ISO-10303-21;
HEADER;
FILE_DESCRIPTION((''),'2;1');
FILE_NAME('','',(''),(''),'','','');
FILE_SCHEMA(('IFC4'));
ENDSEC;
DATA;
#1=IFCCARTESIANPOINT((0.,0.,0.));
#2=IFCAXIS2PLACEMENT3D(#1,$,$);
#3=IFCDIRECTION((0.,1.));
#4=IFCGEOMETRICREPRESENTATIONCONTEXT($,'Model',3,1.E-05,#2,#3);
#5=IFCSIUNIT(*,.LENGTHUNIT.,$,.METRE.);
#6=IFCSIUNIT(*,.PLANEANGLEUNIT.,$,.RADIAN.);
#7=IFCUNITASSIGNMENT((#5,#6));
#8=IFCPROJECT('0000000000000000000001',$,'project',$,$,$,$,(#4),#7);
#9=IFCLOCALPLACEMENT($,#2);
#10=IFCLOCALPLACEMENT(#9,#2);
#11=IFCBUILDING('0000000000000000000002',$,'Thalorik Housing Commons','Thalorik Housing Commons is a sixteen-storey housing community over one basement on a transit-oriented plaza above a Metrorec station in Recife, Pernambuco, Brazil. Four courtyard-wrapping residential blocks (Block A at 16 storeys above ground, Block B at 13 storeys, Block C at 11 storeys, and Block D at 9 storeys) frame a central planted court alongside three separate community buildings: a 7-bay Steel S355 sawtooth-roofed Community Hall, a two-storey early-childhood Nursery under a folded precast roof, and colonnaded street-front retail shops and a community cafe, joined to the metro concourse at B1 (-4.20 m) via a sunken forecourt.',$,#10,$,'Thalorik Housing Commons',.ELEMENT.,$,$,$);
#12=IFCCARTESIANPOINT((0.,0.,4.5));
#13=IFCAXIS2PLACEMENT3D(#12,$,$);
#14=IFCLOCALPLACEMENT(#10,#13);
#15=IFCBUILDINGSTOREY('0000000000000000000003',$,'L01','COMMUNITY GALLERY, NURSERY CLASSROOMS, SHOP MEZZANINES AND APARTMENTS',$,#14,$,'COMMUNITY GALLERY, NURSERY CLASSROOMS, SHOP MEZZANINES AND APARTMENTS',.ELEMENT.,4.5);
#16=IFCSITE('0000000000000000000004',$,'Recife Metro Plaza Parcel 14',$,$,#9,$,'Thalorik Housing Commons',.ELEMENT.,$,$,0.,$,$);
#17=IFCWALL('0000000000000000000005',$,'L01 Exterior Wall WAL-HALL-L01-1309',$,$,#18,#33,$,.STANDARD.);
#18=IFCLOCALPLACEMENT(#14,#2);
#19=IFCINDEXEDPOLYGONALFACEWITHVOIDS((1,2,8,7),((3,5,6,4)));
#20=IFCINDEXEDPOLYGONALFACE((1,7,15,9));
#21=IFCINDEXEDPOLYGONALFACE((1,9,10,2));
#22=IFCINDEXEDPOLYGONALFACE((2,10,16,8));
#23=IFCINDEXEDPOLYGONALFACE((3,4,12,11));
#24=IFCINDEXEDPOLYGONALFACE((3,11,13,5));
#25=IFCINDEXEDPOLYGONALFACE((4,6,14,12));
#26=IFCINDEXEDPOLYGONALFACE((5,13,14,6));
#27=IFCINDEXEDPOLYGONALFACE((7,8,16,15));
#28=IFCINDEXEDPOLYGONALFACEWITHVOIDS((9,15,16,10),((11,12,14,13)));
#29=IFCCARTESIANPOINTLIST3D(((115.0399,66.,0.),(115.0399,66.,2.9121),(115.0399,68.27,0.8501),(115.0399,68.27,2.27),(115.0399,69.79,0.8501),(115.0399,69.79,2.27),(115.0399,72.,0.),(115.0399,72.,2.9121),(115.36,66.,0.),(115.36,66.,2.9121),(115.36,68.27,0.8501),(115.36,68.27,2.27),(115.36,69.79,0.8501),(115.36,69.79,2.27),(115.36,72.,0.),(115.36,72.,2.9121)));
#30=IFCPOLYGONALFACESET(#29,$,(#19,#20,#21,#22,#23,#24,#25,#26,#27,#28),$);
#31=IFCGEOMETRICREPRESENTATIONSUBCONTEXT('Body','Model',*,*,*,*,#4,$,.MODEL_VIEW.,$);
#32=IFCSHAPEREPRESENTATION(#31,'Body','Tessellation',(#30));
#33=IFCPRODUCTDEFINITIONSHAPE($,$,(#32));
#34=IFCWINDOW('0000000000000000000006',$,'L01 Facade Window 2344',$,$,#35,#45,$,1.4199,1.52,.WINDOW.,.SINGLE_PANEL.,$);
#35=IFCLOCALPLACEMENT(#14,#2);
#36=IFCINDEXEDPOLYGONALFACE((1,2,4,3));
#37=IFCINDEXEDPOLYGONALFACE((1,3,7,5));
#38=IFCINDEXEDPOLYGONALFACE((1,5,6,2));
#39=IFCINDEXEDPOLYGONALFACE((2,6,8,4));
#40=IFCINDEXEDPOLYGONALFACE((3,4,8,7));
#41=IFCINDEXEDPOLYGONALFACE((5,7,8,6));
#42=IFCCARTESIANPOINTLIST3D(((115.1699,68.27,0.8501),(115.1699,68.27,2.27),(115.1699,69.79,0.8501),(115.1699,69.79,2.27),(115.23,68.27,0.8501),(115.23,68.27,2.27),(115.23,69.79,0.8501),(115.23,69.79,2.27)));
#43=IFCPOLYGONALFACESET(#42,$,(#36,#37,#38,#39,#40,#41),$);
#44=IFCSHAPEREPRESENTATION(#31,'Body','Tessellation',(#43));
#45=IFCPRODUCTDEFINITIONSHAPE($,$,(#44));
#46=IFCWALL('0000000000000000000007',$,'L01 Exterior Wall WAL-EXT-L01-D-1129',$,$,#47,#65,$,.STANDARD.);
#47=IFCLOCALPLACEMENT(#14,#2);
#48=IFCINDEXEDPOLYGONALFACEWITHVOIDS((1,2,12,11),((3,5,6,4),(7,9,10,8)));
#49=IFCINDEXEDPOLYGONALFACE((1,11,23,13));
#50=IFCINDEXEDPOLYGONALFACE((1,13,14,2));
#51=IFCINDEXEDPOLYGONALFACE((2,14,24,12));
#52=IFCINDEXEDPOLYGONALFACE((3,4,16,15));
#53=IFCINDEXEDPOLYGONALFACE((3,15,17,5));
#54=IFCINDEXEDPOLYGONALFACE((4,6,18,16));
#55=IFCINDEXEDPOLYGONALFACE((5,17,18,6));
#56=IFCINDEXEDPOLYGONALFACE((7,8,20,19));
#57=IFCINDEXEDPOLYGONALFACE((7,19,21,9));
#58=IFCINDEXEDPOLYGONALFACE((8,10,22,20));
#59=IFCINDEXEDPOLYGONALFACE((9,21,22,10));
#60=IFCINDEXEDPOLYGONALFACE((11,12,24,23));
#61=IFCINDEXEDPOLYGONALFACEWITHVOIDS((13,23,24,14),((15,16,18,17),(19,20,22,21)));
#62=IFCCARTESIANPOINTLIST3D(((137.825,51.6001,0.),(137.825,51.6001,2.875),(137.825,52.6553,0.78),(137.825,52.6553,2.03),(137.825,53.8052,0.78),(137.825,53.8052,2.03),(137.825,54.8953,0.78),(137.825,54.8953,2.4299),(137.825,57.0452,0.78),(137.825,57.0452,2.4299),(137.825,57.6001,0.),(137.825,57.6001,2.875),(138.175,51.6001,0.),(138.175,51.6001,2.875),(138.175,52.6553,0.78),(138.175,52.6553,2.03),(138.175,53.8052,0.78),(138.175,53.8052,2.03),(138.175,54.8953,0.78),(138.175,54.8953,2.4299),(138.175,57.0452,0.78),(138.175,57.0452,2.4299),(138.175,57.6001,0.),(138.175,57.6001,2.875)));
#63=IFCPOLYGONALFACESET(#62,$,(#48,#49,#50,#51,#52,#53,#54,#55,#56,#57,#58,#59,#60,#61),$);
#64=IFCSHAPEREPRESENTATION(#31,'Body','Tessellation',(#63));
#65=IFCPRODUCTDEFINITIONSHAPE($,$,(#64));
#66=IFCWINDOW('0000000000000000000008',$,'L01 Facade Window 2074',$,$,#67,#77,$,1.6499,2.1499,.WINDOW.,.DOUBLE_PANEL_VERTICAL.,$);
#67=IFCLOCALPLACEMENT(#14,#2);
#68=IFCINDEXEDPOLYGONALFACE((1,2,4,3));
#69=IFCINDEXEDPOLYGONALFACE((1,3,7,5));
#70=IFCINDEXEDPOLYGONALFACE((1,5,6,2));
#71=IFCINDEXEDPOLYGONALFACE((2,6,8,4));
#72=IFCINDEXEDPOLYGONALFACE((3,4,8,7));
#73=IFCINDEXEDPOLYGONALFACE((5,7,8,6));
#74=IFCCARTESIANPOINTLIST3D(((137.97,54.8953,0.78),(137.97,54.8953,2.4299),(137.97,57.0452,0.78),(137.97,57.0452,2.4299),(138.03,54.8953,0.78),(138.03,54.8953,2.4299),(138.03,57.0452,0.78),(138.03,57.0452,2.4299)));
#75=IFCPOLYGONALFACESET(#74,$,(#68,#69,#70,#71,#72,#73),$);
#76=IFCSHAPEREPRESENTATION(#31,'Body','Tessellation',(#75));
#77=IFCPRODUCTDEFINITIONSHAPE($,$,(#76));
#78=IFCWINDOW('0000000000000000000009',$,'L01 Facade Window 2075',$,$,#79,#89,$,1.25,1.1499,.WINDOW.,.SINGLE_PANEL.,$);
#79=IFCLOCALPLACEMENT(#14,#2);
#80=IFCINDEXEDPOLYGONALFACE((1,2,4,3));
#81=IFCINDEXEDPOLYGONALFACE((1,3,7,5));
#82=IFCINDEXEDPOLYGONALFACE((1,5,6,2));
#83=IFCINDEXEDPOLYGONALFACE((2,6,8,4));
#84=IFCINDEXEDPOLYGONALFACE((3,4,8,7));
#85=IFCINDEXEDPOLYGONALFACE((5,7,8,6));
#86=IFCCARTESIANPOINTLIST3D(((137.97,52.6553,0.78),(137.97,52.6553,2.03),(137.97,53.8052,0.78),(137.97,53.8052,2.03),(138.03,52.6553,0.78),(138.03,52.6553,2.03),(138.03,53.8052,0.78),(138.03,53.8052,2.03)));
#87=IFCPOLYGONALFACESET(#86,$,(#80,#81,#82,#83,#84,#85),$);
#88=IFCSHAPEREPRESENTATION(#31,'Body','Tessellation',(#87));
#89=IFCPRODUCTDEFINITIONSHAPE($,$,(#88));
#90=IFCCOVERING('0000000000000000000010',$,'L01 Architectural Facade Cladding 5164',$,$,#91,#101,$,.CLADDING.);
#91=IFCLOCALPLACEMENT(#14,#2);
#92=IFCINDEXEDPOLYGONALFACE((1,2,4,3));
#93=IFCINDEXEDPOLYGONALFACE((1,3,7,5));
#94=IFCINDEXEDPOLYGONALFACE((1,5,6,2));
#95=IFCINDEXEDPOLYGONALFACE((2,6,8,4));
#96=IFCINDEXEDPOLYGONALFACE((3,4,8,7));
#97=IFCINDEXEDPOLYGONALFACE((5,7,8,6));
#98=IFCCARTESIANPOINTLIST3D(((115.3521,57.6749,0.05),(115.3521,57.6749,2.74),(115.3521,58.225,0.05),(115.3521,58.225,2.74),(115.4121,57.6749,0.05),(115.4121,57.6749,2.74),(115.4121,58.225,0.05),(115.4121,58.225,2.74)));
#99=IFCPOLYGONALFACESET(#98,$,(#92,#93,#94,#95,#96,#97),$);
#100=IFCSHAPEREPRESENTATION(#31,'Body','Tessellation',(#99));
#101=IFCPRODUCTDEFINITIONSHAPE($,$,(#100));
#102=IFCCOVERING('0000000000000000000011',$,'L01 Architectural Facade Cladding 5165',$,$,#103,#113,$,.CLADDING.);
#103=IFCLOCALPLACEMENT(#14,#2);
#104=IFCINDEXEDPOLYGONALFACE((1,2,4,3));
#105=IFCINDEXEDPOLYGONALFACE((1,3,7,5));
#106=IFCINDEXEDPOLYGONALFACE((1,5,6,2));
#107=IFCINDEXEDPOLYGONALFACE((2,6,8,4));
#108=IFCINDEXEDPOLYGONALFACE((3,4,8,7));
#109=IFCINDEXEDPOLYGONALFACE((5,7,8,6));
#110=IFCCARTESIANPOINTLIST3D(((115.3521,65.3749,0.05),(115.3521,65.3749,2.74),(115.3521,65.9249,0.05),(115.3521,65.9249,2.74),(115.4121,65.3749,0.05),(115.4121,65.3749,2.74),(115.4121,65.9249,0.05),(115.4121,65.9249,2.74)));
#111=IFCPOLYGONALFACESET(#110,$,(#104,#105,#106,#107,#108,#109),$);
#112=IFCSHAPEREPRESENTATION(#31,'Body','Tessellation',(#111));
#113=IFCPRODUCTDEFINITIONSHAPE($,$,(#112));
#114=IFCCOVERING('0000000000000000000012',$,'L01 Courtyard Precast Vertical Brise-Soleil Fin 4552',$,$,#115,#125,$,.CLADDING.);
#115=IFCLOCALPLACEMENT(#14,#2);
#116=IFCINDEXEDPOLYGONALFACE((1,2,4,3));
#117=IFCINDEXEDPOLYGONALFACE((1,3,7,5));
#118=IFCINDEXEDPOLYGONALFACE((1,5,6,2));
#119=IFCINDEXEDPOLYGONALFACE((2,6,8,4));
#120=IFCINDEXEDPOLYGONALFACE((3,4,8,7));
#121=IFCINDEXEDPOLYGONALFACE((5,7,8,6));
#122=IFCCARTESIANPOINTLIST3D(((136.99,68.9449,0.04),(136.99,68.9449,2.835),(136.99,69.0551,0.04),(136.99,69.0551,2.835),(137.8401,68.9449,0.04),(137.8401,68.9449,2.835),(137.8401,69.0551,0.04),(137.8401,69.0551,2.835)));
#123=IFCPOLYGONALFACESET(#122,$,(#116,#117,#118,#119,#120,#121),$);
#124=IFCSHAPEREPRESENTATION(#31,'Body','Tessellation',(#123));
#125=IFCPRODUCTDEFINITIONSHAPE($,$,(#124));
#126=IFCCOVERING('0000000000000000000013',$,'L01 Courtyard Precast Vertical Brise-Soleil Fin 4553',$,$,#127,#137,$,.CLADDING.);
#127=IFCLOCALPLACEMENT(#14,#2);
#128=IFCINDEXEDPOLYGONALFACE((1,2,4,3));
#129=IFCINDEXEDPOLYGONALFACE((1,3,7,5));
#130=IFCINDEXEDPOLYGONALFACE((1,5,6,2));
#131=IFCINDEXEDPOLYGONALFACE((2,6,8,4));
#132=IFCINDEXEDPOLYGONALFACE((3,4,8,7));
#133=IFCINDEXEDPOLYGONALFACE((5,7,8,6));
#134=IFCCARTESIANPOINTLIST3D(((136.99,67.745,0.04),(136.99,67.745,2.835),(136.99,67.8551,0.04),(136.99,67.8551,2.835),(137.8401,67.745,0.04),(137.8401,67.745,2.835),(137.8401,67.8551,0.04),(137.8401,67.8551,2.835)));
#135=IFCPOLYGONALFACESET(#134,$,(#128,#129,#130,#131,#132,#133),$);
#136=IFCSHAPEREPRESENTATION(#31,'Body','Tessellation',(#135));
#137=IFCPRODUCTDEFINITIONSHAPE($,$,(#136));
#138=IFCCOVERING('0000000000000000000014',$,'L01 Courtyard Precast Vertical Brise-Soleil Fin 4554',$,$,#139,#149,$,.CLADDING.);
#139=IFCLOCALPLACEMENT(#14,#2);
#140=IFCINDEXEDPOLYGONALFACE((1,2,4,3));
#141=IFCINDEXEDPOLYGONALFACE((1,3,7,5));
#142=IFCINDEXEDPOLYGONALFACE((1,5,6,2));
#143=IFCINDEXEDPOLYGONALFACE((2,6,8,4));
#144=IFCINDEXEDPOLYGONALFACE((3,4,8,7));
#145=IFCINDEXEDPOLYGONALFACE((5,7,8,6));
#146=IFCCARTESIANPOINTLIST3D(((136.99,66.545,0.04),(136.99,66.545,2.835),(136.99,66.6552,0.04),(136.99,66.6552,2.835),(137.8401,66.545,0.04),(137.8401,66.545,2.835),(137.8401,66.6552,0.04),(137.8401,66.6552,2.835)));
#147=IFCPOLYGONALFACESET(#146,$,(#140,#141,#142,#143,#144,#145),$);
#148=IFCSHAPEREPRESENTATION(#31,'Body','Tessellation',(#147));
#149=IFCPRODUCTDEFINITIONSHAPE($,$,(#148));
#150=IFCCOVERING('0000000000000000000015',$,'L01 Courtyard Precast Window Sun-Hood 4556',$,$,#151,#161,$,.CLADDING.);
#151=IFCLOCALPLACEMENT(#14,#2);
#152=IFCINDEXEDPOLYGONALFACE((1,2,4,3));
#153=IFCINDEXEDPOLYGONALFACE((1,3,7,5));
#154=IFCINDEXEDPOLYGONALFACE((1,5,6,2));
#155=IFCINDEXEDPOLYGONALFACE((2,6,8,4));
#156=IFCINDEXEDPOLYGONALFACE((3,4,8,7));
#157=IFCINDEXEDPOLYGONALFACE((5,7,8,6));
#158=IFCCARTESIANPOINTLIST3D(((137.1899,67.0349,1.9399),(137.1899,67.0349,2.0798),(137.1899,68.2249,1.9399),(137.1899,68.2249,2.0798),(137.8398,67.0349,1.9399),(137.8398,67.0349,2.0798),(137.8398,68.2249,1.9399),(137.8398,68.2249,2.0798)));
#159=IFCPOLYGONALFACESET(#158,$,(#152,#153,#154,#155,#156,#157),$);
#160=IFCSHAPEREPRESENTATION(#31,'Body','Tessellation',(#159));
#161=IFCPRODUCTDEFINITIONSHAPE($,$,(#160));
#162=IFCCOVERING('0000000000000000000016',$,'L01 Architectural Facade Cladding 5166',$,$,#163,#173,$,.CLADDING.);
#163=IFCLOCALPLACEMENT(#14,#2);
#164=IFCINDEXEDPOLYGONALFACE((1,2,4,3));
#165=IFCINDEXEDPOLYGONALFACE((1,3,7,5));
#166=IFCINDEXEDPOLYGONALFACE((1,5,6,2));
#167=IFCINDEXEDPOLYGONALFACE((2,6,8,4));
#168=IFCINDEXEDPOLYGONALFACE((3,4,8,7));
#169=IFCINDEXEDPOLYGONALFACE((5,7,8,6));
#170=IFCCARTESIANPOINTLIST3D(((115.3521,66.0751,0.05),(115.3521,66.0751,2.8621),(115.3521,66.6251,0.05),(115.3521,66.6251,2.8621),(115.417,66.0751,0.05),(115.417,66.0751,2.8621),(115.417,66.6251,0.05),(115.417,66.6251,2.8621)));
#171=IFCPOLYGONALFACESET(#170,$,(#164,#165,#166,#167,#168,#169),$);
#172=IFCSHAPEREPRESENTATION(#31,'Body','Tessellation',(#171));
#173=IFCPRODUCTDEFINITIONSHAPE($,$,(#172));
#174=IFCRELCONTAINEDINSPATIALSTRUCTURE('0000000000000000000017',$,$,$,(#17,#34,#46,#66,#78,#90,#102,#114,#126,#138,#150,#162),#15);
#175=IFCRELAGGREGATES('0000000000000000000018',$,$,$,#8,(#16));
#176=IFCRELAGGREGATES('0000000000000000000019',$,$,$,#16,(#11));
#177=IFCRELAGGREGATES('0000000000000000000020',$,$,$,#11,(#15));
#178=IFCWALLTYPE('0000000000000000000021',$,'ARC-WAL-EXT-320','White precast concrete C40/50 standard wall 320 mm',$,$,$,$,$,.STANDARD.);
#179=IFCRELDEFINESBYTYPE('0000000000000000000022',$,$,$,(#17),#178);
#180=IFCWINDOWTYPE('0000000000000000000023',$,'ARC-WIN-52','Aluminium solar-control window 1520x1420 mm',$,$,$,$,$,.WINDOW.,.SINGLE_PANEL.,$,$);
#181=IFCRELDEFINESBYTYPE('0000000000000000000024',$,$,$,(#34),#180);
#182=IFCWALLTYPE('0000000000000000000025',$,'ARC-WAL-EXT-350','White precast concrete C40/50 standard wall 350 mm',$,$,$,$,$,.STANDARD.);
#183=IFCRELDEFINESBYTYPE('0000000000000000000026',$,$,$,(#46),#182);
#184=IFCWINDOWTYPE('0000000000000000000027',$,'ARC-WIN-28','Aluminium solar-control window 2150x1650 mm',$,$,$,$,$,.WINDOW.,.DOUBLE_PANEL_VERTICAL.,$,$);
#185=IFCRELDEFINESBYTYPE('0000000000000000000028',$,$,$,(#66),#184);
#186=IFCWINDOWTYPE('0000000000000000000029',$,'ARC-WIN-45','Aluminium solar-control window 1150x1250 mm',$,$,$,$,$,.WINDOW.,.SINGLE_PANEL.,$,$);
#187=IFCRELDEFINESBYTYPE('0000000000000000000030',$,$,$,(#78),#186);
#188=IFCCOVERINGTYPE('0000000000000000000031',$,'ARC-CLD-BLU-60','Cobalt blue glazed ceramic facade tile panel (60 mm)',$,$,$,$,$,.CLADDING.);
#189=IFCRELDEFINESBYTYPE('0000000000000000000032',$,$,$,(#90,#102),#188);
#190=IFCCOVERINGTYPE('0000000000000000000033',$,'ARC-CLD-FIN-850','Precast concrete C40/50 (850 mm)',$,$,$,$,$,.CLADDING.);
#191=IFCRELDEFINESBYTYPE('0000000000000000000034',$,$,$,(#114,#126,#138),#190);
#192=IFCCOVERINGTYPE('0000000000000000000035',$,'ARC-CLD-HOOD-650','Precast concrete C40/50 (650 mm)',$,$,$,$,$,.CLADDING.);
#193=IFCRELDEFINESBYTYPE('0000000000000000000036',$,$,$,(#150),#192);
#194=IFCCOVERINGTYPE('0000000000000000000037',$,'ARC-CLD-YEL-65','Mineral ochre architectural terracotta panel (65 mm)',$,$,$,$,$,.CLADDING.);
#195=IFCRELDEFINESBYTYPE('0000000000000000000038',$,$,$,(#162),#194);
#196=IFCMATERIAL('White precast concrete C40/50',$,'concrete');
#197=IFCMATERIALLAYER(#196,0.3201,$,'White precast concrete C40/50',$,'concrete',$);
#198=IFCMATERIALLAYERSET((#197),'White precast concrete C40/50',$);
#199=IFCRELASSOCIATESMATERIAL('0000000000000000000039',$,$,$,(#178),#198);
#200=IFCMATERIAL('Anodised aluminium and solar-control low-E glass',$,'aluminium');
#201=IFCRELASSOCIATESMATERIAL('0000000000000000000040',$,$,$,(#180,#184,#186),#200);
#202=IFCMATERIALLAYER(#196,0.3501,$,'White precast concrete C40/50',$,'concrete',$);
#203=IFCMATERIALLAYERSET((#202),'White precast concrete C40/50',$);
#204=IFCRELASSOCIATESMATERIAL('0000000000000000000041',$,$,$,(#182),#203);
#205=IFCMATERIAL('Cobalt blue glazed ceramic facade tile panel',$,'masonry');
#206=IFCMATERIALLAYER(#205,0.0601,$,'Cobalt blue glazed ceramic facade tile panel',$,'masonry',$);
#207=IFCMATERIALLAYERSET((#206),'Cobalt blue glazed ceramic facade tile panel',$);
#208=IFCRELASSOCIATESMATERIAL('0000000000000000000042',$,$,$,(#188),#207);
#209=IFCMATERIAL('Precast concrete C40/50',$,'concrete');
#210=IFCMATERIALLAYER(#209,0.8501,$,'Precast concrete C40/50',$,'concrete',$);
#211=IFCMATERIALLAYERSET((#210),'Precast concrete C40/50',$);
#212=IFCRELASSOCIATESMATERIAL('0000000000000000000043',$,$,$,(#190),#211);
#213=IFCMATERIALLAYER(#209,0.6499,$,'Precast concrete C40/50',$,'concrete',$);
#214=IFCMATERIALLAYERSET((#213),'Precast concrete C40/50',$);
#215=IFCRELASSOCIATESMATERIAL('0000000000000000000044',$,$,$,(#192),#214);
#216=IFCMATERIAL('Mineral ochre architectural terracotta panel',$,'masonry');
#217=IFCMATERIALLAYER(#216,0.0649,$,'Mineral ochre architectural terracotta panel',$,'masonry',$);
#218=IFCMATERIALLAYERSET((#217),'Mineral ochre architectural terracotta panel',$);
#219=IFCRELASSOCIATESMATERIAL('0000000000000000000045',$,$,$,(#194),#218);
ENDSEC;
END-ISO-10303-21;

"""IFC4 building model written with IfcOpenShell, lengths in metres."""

from ifc_helpers import new_model, si_unit, direction, frame, frame_2d, origin, origin_2d, place, context, subcontext, project, spatial, rectangle, extrude, material, layer, layer_set, type_object, element, fill, save


model = new_model("IFC4")

# Units and contexts
model_context = context("Model", 3, precision=1e-05, world=origin(), true_north=direction((0.0, 1.0)))
body_context = subcontext(model_context, "Body", "Model", "MODEL_VIEW")
ifc_project = project(units=[si_unit("LENGTHUNIT", "METRE"), si_unit("PLANEANGLEUNIT", "RADIAN")], contexts=[model_context])

# Site, building, storey
site_placement = place(None, origin())
site = spatial("IfcSite", under=ifc_project, at=site_placement, Name="Recife Metro Plaza Parcel 14", LongName="Thalorik Housing Commons", CompositionType="ELEMENT", RefElevation=0.0)
building_placement = place(site_placement, origin())
building = spatial("IfcBuilding", under=site, at=building_placement, Name="Thalorik Housing Commons", Description="Thalorik Housing Commons is a sixteen-storey housing community over one basement on a transit-oriented plaza above a Metrorec station in Recife, Pernambuco, Brazil. Four courtyard-wrapping residential blocks (Block A at 16 storeys above ground, Block B at 13 storeys, Block C at 11 storeys, and Block D at 9 storeys) frame a central planted court alongside three separate community buildings: a 7-bay Steel S355 sawtooth-roofed Community Hall, a two-storey early-childhood Nursery under a folded precast roof, and colonnaded street-front retail shops and a community cafe, joined to the metro concourse at B1 (-4.20 m) via a sunken forecourt.", LongName="Thalorik Housing Commons", CompositionType="ELEMENT")
storey_placement = place(building_placement, frame((0.0, 0.0, 4.5)))
storey = spatial("IfcBuildingStorey", under=building, at=storey_placement, Name="L01", Description="COMMUNITY GALLERY, NURSERY CLASSROOMS, SHOP MEZZANINES AND APARTMENTS", LongName="COMMUNITY GALLERY, NURSERY CLASSROOMS, SHOP MEZZANINES AND APARTMENTS", CompositionType="ELEMENT", Elevation=4.5)

# Shared definitions
ifc_material_1 = material(Name="Precast concrete C40/50", Category="concrete")

# Wall, opening, window
ifc_material_2 = material(Name="White precast concrete C40/50", Category="concrete")
ifc_layer_1 = layer(ifc_material_2, 0.3201, Name="White precast concrete C40/50", Category="concrete")
ifc_layer_set_1 = layer_set([ifc_layer_1], Name="White precast concrete C40/50")
wall_type_1 = type_object("IfcWallType", Name="ARC-WAL-EXT-320", Description="White precast concrete C40/50 standard wall 320 mm", PredefinedType="STANDARD", material=ifc_layer_set_1)
wall_1_placement = place(storey_placement, frame((115.2, 66.0, 0.0), z_axis=(0.0, 0.0, 1.0), x_axis=(0.0, 1.0, 0.0)))
wall_1 = element("IfcWall", 1, at=wall_1_placement, inside=storey, type_object=wall_type_1, Name="L01 Exterior Wall WAL-HALL-L01-1309", PredefinedType="STANDARD", context=body_context, shape_type="SweptSolid", body=[
    extrude(rectangle(XDim=6.0, YDim=0.3201, at=frame_2d((3.0, 0.0))), origin(), (0.0, 0.0, 1.0), 2.9121),
])
opening_1_placement = place(wall_1_placement, frame((2.27, 0.0, 0.8501)))
opening_1 = element("IfcOpeningElement", 2, at=opening_1_placement, cuts=wall_1, PredefinedType="OPENING", context=body_context, shape_type="SweptSolid", body=[
    extrude(rectangle(XDim=1.52, YDim=1.4199, at=frame_2d((0.76, 0.71))), frame((0.0, 0.1699, 0.0), z_axis=(0.0, -1.0, 0.0), x_axis=(1.0, 0.0, 0.0)), (0.0, 0.0, 1.0), 0.3401),
])
ifc_material_3 = material(Name="Anodised aluminium and solar-control low-E glass", Category="aluminium")
window_type_1 = type_object("IfcWindowType", Name="ARC-WIN-52", Description="Aluminium solar-control window 1520x1420 mm", PartitioningType="SINGLE_PANEL", PredefinedType="WINDOW", material=ifc_material_3)
window_1_placement = place(opening_1_placement, origin())
window_1 = element("IfcWindow", 3, at=window_1_placement, inside=storey, type_object=window_type_1, Name="L01 Facade Window 2344", OverallHeight=1.4199, OverallWidth=1.52, PartitioningType="SINGLE_PANEL", PredefinedType="WINDOW", context=body_context, shape_type="SweptSolid", body=[
    extrude(rectangle(XDim=1.52, YDim=1.4199, at=frame_2d((0.76, 0.71))), frame((0.0, 0.03, 0.0), z_axis=(0.0, -1.0, 0.0), x_axis=(1.0, 0.0, 0.0)), (0.0, 0.0, 1.0), 0.0601),
])
fill(opening_1, window_1)

# Wall, openings, windows
ifc_layer_2 = layer(ifc_material_2, 0.3501, Name="White precast concrete C40/50", Category="concrete")
ifc_layer_set_2 = layer_set([ifc_layer_2], Name="White precast concrete C40/50")
wall_type_2 = type_object("IfcWallType", Name="ARC-WAL-EXT-350", Description="White precast concrete C40/50 standard wall 350 mm", PredefinedType="STANDARD", material=ifc_layer_set_2)
wall_2_placement = place(storey_placement, frame((138.0, 57.6001, 0.0), z_axis=(0.0, 0.0, 1.0), x_axis=(0.0, -1.0, 0.0)))
wall_2 = element("IfcWall", 4, at=wall_2_placement, inside=storey, type_object=wall_type_2, Name="L01 Exterior Wall WAL-EXT-L01-D-1129", PredefinedType="STANDARD", context=body_context, shape_type="SweptSolid", body=[
    extrude(rectangle(XDim=6.0, YDim=0.3501, at=frame_2d((3.0, 0.0))), origin(), (0.0, 0.0, 1.0), 2.875),
])
opening_2_placement = place(wall_2_placement, frame((0.5549, 0.0, 0.78)))
opening_2 = element("IfcOpeningElement", 5, at=opening_2_placement, cuts=wall_2, PredefinedType="OPENING", context=body_context, shape_type="SweptSolid", body=[
    extrude(rectangle(XDim=2.1499, YDim=1.6499, at=frame_2d((1.075, 0.825))), frame((0.0, 0.1851, 0.0), z_axis=(0.0, -1.0, 0.0), x_axis=(1.0, 0.0, 0.0)), (0.0, 0.0, 1.0), 0.3701),
])
opening_3_placement = place(wall_2_placement, frame((3.7949, 0.0, 0.78)))
opening_3 = element("IfcOpeningElement", 6, at=opening_3_placement, cuts=wall_2, PredefinedType="OPENING", context=body_context, shape_type="SweptSolid", body=[
    extrude(rectangle(XDim=1.1499, YDim=1.25, at=frame_2d((0.575, 0.625))), frame((0.0, 0.1851, 0.0), z_axis=(0.0, -1.0, 0.0), x_axis=(1.0, 0.0, 0.0)), (0.0, 0.0, 1.0), 0.3701),
])
window_type_2 = type_object("IfcWindowType", Name="ARC-WIN-28", Description="Aluminium solar-control window 2150x1650 mm", PartitioningType="DOUBLE_PANEL_VERTICAL", PredefinedType="WINDOW", material=ifc_material_3)
window_2_placement = place(opening_2_placement, origin())
window_2 = element("IfcWindow", 7, at=window_2_placement, inside=storey, type_object=window_type_2, Name="L01 Facade Window 2074", OverallHeight=1.6499, OverallWidth=2.1499, PartitioningType="DOUBLE_PANEL_VERTICAL", PredefinedType="WINDOW", context=body_context, shape_type="SweptSolid", body=[
    extrude(rectangle(XDim=2.1499, YDim=1.6499, at=frame_2d((1.075, 0.825))), frame((0.0, 0.03, 0.0), z_axis=(0.0, -1.0, 0.0), x_axis=(1.0, 0.0, 0.0)), (0.0, 0.0, 1.0), 0.0601),
])
fill(opening_2, window_2)
window_type_3 = type_object("IfcWindowType", Name="ARC-WIN-45", Description="Aluminium solar-control window 1150x1250 mm", PartitioningType="SINGLE_PANEL", PredefinedType="WINDOW", material=ifc_material_3)
window_3_placement = place(opening_3_placement, origin())
window_3 = element("IfcWindow", 8, at=window_3_placement, inside=storey, type_object=window_type_3, Name="L01 Facade Window 2075", OverallHeight=1.25, OverallWidth=1.1499, PartitioningType="SINGLE_PANEL", PredefinedType="WINDOW", context=body_context, shape_type="SweptSolid", body=[
    extrude(rectangle(XDim=1.1499, YDim=1.25, at=frame_2d((0.575, 0.625))), frame((0.0, 0.03, 0.0), z_axis=(0.0, -1.0, 0.0), x_axis=(1.0, 0.0, 0.0)), (0.0, 0.0, 1.0), 0.0601),
])
fill(opening_3, window_3)

# Coverings
ifc_material_4 = material(Name="Cobalt blue glazed ceramic facade tile panel", Category="masonry")
ifc_layer_3 = layer(ifc_material_4, 0.0601, Name="Cobalt blue glazed ceramic facade tile panel", Category="masonry")
ifc_layer_set_3 = layer_set([ifc_layer_3], Name="Cobalt blue glazed ceramic facade tile panel")
covering_type_1 = type_object("IfcCoveringType", Name="ARC-CLD-BLU-60", Description="Cobalt blue glazed ceramic facade tile panel (60 mm)", PredefinedType="CLADDING", material=ifc_layer_set_3)
for number, where, z_axis, x_axis, name in (
    (9, (115.3821, 57.95, 0.05), (0.0, 0.0, 1.0), (0.0, 1.0, 0.0), "L01 Architectural Facade Cladding 5164"),
    (10, (115.3821, 65.6499, 0.05), (0.0, 0.0, 1.0), (0.0, 1.0, 0.0), "L01 Architectural Facade Cladding 5165"),
):
    element("IfcCovering", number, at=place(storey_placement, frame(where, z_axis=z_axis, x_axis=x_axis)), inside=storey, type_object=covering_type_1, Name=name, PredefinedType="CLADDING", context=body_context, shape_type="SweptSolid", body=[
        extrude(rectangle(XDim=0.55, YDim=0.0601, at=origin_2d()), origin(), (0.0, 0.0, 1.0), 2.6899),
    ])
ifc_layer_4 = layer(ifc_material_1, 0.8501, Name="Precast concrete C40/50", Category="concrete")
ifc_layer_set_4 = layer_set([ifc_layer_4], Name="Precast concrete C40/50")
covering_type_2 = type_object("IfcCoveringType", Name="ARC-CLD-FIN-850", Description="Precast concrete C40/50 (850 mm)", PredefinedType="CLADDING", material=ifc_layer_set_4)
for number, where, z_axis, x_axis, name in (
    (11, (137.415, 69.0, 0.04), (0.0, 0.0, 1.0), (0.0, -1.0, 0.0), "L01 Courtyard Precast Vertical Brise-Soleil Fin 4552"),
    (12, (137.415, 67.8, 0.04), (0.0, 0.0, 1.0), (0.0, -1.0, 0.0), "L01 Courtyard Precast Vertical Brise-Soleil Fin 4553"),
    (13, (137.415, 66.6001, 0.04), (0.0, 0.0, 1.0), (0.0, -1.0, 0.0), "L01 Courtyard Precast Vertical Brise-Soleil Fin 4554"),
):
    element("IfcCovering", number, at=place(storey_placement, frame(where, z_axis=z_axis, x_axis=x_axis)), inside=storey, type_object=covering_type_2, Name=name, PredefinedType="CLADDING", context=body_context, shape_type="SweptSolid", body=[
        extrude(rectangle(XDim=0.1101, YDim=0.8501, at=origin_2d()), origin(), (0.0, 0.0, 1.0), 2.7949),
    ])
ifc_layer_5 = layer(ifc_material_1, 0.6499, Name="Precast concrete C40/50", Category="concrete")
ifc_layer_set_5 = layer_set([ifc_layer_5], Name="Precast concrete C40/50")
covering_type_3 = type_object("IfcCoveringType", Name="ARC-CLD-HOOD-650", Description="Precast concrete C40/50 (650 mm)", PredefinedType="CLADDING", material=ifc_layer_set_5)
covering_1_placement = place(storey_placement, frame((137.5149, 67.6299, 1.9399), z_axis=(0.0, 0.0, 1.0), x_axis=(0.0, -1.0, 0.0)))
element("IfcCovering", 14, at=covering_1_placement, inside=storey, type_object=covering_type_3, Name="L01 Courtyard Precast Window Sun-Hood 4556", PredefinedType="CLADDING", context=body_context, shape_type="SweptSolid", body=[
    extrude(rectangle(XDim=1.1899, YDim=0.6499, at=origin_2d()), origin(), (0.0, 0.0, 1.0), 0.1399),
])
ifc_material_5 = material(Name="Mineral ochre architectural terracotta panel", Category="masonry")
ifc_layer_6 = layer(ifc_material_5, 0.0649, Name="Mineral ochre architectural terracotta panel", Category="masonry")
ifc_layer_set_6 = layer_set([ifc_layer_6], Name="Mineral ochre architectural terracotta panel")
covering_type_4 = type_object("IfcCoveringType", Name="ARC-CLD-YEL-65", Description="Mineral ochre architectural terracotta panel (65 mm)", PredefinedType="CLADDING", material=ifc_layer_set_6)
covering_2_placement = place(storey_placement, frame((115.3845, 66.3501, 0.05), z_axis=(0.0, 0.0, 1.0), x_axis=(0.0, 1.0, 0.0)))
element("IfcCovering", 15, at=covering_2_placement, inside=storey, type_object=covering_type_4, Name="L01 Architectural Facade Cladding 5166", PredefinedType="CLADDING", context=body_context, shape_type="SweptSolid", body=[
    extrude(rectangle(XDim=0.55, YDim=0.0649, at=origin_2d()), origin(), (0.0, 0.0, 1.0), 2.812),
])

save(model, "model.ifc")
